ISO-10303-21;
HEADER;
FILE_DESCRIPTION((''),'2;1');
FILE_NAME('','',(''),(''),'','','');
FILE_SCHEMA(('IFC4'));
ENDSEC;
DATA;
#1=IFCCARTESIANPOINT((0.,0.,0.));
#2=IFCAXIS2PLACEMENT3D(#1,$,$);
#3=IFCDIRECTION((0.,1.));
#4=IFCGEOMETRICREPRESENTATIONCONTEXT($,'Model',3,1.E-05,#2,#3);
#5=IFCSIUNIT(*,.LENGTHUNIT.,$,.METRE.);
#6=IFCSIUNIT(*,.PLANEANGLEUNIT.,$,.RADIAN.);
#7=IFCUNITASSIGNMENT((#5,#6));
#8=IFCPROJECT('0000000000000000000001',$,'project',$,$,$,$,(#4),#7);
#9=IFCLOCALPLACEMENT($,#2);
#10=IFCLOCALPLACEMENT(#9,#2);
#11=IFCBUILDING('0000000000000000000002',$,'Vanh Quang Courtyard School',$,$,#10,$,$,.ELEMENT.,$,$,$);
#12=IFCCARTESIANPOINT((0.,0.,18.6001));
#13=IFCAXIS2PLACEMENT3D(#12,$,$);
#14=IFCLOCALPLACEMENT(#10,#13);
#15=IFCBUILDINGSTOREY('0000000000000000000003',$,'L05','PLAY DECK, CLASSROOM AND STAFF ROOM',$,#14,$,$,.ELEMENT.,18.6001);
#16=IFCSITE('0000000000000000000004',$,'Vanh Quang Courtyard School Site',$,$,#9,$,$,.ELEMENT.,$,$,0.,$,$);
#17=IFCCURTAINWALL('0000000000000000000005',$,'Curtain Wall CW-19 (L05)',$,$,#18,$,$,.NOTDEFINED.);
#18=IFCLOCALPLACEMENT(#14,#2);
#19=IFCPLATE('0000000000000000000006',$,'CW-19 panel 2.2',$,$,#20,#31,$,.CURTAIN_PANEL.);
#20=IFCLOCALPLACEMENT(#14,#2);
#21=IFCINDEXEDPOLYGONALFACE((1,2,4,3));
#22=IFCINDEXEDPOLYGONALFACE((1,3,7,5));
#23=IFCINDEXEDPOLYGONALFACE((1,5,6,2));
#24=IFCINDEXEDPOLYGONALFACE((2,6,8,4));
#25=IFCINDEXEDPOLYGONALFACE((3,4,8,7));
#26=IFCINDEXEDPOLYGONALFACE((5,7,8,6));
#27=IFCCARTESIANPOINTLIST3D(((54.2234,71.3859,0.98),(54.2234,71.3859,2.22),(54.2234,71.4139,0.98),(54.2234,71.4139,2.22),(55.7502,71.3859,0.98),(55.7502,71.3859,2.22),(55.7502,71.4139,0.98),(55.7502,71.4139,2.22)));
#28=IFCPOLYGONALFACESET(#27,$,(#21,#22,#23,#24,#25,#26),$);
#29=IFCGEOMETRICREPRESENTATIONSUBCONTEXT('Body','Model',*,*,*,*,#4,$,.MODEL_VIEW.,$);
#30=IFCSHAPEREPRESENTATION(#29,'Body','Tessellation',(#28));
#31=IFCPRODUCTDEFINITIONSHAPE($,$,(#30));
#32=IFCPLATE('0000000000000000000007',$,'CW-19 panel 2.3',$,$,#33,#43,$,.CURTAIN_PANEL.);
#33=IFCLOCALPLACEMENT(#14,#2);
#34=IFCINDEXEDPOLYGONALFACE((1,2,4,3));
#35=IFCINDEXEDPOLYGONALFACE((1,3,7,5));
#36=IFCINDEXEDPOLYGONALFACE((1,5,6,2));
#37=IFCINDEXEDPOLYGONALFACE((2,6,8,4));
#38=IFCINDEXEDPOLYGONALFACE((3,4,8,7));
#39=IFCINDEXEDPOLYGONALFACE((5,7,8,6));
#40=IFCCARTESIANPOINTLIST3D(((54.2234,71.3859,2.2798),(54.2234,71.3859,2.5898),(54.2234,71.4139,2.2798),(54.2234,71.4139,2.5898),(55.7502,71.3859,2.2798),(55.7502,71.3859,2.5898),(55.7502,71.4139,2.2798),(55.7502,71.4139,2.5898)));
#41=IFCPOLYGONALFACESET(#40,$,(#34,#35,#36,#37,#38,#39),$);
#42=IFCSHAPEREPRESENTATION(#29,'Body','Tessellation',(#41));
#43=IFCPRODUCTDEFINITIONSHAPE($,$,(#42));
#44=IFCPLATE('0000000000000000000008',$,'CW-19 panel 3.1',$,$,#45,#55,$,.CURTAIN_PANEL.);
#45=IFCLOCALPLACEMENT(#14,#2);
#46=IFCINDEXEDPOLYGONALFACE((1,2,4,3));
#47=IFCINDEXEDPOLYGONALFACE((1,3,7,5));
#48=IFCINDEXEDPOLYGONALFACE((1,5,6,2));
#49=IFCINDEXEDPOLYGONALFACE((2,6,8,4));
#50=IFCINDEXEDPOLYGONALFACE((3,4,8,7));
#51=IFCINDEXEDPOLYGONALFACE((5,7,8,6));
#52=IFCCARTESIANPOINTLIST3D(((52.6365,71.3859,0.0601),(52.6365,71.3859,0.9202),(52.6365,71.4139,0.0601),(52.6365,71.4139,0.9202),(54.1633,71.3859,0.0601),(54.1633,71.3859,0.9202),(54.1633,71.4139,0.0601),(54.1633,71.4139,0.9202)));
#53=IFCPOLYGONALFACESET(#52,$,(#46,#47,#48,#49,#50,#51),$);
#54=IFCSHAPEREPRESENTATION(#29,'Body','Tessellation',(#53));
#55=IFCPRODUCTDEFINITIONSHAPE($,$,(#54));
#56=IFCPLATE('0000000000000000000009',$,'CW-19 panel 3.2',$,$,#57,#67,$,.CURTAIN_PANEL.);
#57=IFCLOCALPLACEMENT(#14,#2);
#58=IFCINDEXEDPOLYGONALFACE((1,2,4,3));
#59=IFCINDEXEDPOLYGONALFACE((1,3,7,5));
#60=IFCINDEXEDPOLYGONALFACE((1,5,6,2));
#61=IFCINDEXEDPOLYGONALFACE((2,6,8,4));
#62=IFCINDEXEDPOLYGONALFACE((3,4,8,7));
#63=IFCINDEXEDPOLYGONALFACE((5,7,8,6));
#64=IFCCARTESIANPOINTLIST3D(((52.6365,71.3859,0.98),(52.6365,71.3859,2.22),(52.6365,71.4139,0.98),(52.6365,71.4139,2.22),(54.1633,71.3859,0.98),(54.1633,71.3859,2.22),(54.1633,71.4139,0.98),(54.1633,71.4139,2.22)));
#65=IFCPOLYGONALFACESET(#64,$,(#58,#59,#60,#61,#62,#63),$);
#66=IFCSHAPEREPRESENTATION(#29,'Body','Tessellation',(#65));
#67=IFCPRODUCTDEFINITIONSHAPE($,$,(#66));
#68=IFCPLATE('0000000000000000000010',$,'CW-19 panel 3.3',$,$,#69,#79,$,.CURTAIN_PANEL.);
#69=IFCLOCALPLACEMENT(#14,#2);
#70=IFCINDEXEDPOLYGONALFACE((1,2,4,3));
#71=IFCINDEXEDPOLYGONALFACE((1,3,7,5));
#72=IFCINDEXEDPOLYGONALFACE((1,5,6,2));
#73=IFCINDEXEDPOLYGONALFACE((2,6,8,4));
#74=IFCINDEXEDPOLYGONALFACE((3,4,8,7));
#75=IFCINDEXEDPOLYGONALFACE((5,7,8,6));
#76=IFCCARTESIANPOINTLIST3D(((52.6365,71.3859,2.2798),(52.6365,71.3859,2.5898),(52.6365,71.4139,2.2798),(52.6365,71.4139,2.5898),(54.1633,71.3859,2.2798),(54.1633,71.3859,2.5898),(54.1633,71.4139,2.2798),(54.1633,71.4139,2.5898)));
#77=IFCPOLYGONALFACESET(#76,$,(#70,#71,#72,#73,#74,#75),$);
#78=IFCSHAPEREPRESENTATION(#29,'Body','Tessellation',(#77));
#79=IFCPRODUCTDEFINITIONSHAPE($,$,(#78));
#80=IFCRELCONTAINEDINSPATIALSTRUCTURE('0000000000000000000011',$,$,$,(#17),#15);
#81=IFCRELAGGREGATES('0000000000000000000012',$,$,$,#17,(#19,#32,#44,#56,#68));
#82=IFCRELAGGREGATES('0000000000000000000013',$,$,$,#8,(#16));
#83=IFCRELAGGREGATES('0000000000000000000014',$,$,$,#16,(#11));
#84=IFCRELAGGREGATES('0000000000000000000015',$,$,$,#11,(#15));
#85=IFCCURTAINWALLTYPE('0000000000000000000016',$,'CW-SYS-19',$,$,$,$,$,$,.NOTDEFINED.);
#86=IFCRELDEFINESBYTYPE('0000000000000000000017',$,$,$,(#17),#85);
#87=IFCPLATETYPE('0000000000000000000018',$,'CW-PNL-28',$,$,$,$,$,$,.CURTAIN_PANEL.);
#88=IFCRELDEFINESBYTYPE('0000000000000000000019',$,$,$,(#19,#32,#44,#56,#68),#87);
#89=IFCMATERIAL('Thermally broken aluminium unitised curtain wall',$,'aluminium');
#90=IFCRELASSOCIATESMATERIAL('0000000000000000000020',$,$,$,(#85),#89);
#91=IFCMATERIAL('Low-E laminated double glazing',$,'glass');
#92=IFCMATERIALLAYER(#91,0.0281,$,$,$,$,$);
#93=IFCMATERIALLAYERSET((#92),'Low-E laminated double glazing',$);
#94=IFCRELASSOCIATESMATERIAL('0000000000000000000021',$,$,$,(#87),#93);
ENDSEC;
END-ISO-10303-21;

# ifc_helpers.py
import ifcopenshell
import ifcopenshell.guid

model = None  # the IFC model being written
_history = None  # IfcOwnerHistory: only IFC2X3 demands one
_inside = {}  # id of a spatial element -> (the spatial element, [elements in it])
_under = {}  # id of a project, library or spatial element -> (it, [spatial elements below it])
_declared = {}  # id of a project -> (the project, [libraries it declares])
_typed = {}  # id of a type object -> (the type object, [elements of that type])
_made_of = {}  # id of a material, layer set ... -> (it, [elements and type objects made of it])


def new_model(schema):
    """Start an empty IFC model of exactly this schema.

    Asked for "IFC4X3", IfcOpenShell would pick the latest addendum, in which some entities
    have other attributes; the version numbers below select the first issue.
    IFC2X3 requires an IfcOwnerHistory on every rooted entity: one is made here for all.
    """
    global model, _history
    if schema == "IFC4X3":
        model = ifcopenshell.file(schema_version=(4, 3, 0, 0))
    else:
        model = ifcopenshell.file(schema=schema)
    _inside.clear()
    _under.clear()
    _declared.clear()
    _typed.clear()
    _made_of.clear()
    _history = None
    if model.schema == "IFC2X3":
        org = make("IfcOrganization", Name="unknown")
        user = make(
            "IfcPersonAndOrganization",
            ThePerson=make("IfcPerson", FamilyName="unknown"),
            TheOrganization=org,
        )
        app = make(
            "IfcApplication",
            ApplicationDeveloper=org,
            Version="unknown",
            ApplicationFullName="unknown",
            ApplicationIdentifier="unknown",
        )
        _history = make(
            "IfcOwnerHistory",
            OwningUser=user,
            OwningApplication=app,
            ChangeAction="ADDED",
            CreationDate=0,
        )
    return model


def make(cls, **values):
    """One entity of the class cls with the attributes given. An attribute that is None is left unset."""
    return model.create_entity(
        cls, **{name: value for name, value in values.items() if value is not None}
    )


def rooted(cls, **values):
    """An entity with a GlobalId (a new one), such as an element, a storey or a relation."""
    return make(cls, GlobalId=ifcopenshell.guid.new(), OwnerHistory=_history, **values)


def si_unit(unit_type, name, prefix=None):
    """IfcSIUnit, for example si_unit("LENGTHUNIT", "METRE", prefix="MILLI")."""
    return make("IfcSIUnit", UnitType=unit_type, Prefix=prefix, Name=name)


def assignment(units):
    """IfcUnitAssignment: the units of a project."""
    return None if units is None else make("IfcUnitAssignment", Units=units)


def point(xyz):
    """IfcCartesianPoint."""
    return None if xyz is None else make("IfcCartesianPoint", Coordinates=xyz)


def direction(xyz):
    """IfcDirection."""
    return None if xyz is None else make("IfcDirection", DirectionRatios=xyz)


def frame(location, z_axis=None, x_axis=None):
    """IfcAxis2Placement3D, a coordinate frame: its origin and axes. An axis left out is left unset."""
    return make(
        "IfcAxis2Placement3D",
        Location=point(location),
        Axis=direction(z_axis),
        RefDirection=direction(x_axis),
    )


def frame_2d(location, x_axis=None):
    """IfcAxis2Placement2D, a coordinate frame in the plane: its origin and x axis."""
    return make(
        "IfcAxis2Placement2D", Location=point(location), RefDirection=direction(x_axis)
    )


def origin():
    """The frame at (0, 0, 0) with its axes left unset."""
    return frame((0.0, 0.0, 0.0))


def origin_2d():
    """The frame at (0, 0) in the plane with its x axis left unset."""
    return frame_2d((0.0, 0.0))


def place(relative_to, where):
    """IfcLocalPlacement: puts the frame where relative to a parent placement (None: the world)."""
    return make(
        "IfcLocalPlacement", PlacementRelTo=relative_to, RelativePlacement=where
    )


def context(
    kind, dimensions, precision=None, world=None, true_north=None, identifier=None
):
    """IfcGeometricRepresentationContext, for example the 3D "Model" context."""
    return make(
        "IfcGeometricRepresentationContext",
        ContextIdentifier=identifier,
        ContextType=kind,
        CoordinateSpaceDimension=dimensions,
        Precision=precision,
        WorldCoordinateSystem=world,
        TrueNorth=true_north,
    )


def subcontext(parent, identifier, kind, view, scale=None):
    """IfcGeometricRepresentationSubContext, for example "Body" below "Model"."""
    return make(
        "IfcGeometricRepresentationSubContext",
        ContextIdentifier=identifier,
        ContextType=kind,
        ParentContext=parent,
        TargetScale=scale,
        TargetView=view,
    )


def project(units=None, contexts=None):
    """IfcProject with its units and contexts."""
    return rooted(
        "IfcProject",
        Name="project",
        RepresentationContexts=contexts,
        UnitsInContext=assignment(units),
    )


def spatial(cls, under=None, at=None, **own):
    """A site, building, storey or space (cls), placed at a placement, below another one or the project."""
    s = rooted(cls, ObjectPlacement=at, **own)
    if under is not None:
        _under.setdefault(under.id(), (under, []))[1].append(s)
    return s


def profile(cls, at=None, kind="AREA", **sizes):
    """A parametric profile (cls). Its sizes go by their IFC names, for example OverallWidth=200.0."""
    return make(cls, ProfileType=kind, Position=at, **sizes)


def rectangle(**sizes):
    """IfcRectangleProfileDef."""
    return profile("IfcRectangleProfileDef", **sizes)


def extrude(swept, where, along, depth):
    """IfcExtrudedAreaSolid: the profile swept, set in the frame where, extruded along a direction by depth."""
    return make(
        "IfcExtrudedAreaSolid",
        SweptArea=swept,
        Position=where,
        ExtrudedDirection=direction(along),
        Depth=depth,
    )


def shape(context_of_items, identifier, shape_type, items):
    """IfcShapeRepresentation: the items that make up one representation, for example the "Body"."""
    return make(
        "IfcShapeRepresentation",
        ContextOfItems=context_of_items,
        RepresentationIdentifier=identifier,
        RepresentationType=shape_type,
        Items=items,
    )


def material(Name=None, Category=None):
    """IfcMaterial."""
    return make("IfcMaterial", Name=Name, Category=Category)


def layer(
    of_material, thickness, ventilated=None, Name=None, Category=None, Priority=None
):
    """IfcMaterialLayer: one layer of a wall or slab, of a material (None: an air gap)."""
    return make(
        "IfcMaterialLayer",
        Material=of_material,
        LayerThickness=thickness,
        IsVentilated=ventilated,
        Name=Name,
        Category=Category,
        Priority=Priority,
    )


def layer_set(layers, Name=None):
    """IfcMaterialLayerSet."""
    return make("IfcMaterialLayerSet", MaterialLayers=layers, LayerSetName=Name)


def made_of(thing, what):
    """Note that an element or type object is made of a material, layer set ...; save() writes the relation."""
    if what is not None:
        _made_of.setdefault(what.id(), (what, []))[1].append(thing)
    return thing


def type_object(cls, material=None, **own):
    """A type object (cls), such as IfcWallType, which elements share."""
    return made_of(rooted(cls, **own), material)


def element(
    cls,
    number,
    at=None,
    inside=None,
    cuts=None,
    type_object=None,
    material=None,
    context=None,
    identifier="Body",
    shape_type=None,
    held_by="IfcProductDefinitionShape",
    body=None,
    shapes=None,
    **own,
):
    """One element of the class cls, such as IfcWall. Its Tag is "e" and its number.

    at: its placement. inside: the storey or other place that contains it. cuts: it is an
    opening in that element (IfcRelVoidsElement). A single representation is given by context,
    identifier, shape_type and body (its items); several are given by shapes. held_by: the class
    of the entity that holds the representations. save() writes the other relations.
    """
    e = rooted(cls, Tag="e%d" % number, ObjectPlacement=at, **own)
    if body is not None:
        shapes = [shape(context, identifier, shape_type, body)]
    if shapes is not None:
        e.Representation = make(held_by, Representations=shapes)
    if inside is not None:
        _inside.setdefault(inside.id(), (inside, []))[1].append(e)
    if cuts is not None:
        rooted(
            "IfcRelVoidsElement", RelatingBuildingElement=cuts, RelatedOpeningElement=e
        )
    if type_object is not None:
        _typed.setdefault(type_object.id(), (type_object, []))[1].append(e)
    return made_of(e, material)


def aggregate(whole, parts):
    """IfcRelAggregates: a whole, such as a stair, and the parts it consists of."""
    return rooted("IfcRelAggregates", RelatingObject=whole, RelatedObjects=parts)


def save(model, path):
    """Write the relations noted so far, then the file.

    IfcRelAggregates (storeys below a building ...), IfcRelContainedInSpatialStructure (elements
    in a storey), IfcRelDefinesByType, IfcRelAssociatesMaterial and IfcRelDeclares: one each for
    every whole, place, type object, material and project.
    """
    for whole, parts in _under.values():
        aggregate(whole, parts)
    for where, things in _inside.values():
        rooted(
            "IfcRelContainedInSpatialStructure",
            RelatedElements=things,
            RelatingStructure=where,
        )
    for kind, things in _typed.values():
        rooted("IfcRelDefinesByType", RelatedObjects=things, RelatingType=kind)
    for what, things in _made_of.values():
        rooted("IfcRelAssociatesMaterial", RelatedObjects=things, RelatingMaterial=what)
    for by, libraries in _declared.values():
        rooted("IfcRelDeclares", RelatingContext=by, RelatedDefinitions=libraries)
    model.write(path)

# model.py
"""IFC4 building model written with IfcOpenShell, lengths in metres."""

from ifc_helpers import new_model, si_unit, direction, frame, origin, origin_2d, place, context, subcontext, project, spatial, rectangle, extrude, material, layer, layer_set, type_object, element, aggregate, save


model = new_model("IFC4")

# Units and contexts
model_context = context("Model", 3, precision=1e-05, world=origin(), true_north=direction((0.0, 1.0)))
body_context = subcontext(model_context, "Body", "Model", "MODEL_VIEW")
ifc_project = project(units=[si_unit("LENGTHUNIT", "METRE"), si_unit("PLANEANGLEUNIT", "RADIAN")], contexts=[model_context])

# Site, building, storey
site_placement = place(None, origin())
site = spatial("IfcSite", under=ifc_project, at=site_placement, Name="Vanh Quang Courtyard School Site", CompositionType="ELEMENT", RefElevation=0.0)
building_placement = place(site_placement, origin())
building = spatial("IfcBuilding", under=site, at=building_placement, Name="Vanh Quang Courtyard School", CompositionType="ELEMENT")
storey_placement = place(building_placement, frame((0.0, 0.0, 18.6001)))
storey = spatial("IfcBuildingStorey", under=building, at=storey_placement, Name="L05", Description="PLAY DECK, CLASSROOM AND STAFF ROOM", CompositionType="ELEMENT", Elevation=18.6001)

# Curtain wall, plates
ifc_material_1 = material(Name="Thermally broken aluminium unitised curtain wall", Category="aluminium")
curtain_wall_type = type_object("IfcCurtainWallType", Name="CW-SYS-19", PredefinedType="NOTDEFINED", material=ifc_material_1)
curtain_wall_placement = place(storey_placement, origin())
curtain_wall = element("IfcCurtainWall", 1, at=curtain_wall_placement, inside=storey, type_object=curtain_wall_type, Name="Curtain Wall CW-19 (L05)", PredefinedType="NOTDEFINED")
ifc_material_2 = material(Name="Low-E laminated double glazing", Category="glass")
ifc_layer = layer(ifc_material_2, 0.0281)
ifc_layer_set = layer_set([ifc_layer], Name="Low-E laminated double glazing")
plate_type = type_object("IfcPlateType", Name="CW-PNL-28", PredefinedType="CURTAIN_PANEL", material=ifc_layer_set)
plate_1_placement = place(storey_placement, frame((54.9868, 71.3999, 0.98), z_axis=(0.0, 0.0, 1.0), x_axis=(-1.0, 0.0, 0.0)))
plate_1 = element("IfcPlate", 2, at=plate_1_placement, type_object=plate_type, Name="CW-19 panel 2.2", PredefinedType="CURTAIN_PANEL", context=body_context, shape_type="SweptSolid", body=[
    extrude(rectangle(XDim=1.5269, YDim=0.0281, at=origin_2d()), origin(), (0.0, 0.0, 1.0), 1.24),
])
plate_2_placement = place(storey_placement, frame((54.9868, 71.3999, 2.2798), z_axis=(0.0, 0.0, 1.0), x_axis=(-1.0, 0.0, 0.0)))
plate_2 = element("IfcPlate", 3, at=plate_2_placement, type_object=plate_type, Name="CW-19 panel 2.3", PredefinedType="CURTAIN_PANEL", context=body_context, shape_type="SweptSolid", body=[
    extrude(rectangle(XDim=1.5269, YDim=0.0281, at=origin_2d()), origin(), (0.0, 0.0, 1.0), 0.3101),
])
plate_3_placement = place(storey_placement, frame((53.3999, 71.3999, 0.0601), z_axis=(0.0, 0.0, 1.0), x_axis=(-1.0, 0.0, 0.0)))
plate_3 = element("IfcPlate", 4, at=plate_3_placement, type_object=plate_type, Name="CW-19 panel 3.1", PredefinedType="CURTAIN_PANEL", context=body_context, shape_type="SweptSolid", body=[
    extrude(rectangle(XDim=1.5269, YDim=0.0281, at=origin_2d()), origin(), (0.0, 0.0, 1.0), 0.8601),
])
plate_4_placement = place(storey_placement, frame((53.3999, 71.3999, 0.98), z_axis=(0.0, 0.0, 1.0), x_axis=(-1.0, 0.0, 0.0)))
plate_4 = element("IfcPlate", 5, at=plate_4_placement, type_object=plate_type, Name="CW-19 panel 3.2", PredefinedType="CURTAIN_PANEL", context=body_context, shape_type="SweptSolid", body=[
    extrude(rectangle(XDim=1.5269, YDim=0.0281, at=origin_2d()), origin(), (0.0, 0.0, 1.0), 1.24),
])
plate_5_placement = place(storey_placement, frame((53.3999, 71.3999, 2.2798), z_axis=(0.0, 0.0, 1.0), x_axis=(-1.0, 0.0, 0.0)))
plate_5 = element("IfcPlate", 6, at=plate_5_placement, type_object=plate_type, Name="CW-19 panel 3.3", PredefinedType="CURTAIN_PANEL", context=body_context, shape_type="SweptSolid", body=[
    extrude(rectangle(XDim=1.5269, YDim=0.0281, at=origin_2d()), origin(), (0.0, 0.0, 1.0), 0.3101),
])
aggregate(curtain_wall, [plate_1, plate_2, plate_3, plate_4, plate_5])

save(model, "model.ifc")
